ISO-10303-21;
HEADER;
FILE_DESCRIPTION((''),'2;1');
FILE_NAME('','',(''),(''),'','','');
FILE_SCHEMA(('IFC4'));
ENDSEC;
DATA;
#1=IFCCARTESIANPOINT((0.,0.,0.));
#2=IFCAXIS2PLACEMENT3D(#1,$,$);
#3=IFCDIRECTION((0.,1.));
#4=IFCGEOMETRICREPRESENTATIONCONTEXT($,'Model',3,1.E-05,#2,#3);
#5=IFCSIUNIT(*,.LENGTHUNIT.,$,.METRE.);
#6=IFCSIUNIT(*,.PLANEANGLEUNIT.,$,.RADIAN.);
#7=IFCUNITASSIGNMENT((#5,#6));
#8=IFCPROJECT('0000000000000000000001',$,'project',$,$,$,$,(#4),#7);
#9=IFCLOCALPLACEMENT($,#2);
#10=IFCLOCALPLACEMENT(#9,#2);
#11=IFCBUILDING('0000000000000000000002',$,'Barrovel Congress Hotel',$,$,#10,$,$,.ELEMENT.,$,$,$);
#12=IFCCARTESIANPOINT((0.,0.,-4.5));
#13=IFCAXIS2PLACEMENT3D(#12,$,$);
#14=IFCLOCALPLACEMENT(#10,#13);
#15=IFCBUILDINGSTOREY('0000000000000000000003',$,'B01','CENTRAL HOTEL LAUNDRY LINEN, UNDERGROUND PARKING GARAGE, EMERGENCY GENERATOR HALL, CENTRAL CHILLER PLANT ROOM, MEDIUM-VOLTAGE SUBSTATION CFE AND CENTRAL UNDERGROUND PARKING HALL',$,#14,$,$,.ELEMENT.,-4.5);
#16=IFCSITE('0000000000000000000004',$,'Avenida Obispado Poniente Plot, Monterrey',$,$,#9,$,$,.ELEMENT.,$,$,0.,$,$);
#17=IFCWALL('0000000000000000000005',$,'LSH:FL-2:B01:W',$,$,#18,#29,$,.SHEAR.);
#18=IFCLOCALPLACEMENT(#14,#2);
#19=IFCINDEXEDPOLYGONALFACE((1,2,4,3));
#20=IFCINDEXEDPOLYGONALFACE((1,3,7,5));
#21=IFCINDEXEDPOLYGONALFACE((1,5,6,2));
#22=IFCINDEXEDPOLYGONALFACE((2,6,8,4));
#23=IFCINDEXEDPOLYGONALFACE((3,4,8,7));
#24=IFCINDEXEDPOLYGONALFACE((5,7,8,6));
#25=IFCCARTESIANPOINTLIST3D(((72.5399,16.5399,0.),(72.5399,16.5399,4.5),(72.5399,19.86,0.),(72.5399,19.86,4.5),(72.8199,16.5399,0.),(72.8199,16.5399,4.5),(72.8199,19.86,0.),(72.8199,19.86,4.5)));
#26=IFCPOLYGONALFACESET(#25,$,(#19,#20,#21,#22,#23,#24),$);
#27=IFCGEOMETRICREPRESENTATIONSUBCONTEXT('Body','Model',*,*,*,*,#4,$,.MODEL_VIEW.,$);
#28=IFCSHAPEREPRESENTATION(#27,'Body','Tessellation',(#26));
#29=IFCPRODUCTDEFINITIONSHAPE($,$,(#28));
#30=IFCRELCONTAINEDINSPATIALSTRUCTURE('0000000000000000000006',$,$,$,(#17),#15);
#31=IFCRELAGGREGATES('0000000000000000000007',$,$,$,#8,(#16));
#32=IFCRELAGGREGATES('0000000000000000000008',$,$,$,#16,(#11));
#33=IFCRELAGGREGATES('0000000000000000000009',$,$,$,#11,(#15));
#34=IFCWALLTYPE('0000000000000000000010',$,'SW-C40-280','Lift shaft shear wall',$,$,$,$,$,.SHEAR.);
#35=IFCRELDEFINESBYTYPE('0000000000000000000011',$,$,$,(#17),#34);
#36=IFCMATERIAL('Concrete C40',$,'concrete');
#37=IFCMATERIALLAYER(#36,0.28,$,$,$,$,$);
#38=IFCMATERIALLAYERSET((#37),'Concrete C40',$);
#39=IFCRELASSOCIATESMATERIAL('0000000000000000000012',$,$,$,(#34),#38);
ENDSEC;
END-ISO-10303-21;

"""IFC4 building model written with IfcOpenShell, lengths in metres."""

from ifc_helpers import new_model, si_unit, direction, frame, frame_2d, origin, place, context, subcontext, project, spatial, rectangle, extrude, material, layer, layer_set, type_object, element, save


model = new_model("IFC4")

# Units and contexts
model_context = context("Model", 3, precision=1e-05, world=origin(), true_north=direction((0.0, 1.0)))
body_context = subcontext(model_context, "Body", "Model", "MODEL_VIEW")
ifc_project = project(units=[si_unit("LENGTHUNIT", "METRE"), si_unit("PLANEANGLEUNIT", "RADIAN")], contexts=[model_context])

# Site, building, storey
site_placement = place(None, origin())
site = spatial("IfcSite", under=ifc_project, at=site_placement, Name="Avenida Obispado Poniente Plot, Monterrey", CompositionType="ELEMENT", RefElevation=0.0)
building_placement = place(site_placement, origin())
building = spatial("IfcBuilding", under=site, at=building_placement, Name="Barrovel Congress Hotel", CompositionType="ELEMENT")
storey_placement = place(building_placement, frame((0.0, 0.0, -4.5)))
storey = spatial("IfcBuildingStorey", under=building, at=storey_placement, Name="B01", Description="CENTRAL HOTEL LAUNDRY LINEN, UNDERGROUND PARKING GARAGE, EMERGENCY GENERATOR HALL, CENTRAL CHILLER PLANT ROOM, MEDIUM-VOLTAGE SUBSTATION CFE AND CENTRAL UNDERGROUND PARKING HALL", CompositionType="ELEMENT", Elevation=-4.5)

# Shared definitions
ifc_material_1 = material(Name="Concrete C40", Category="concrete")

# Shared definitions
ifc_layer = layer(ifc_material_1, 0.28)
ifc_layer_set = layer_set([ifc_layer], Name="Concrete C40")
wall_type = type_object("IfcWallType", Name="SW-C40-280", Description="Lift shaft shear wall", PredefinedType="SHEAR", material=ifc_layer_set)

# Wall
wall_1_placement = place(storey_placement, frame((72.6799, 19.8601, 0.0), z_axis=(0.0, 0.0, 1.0), x_axis=(0.0, -1.0, 0.0)))
element("IfcWall", 1, at=wall_1_placement, inside=storey, type_object=wall_type, Name="LSH:FL-2:B01:W", PredefinedType="SHEAR", context=body_context, shape_type="SweptSolid", body=[
    extrude(rectangle(XDim=3.3201, YDim=0.28, at=frame_2d((1.6602, 0.0))), origin(), (0.0, 0.0, 1.0), 4.5),
])

save(model, "model.ifc")
